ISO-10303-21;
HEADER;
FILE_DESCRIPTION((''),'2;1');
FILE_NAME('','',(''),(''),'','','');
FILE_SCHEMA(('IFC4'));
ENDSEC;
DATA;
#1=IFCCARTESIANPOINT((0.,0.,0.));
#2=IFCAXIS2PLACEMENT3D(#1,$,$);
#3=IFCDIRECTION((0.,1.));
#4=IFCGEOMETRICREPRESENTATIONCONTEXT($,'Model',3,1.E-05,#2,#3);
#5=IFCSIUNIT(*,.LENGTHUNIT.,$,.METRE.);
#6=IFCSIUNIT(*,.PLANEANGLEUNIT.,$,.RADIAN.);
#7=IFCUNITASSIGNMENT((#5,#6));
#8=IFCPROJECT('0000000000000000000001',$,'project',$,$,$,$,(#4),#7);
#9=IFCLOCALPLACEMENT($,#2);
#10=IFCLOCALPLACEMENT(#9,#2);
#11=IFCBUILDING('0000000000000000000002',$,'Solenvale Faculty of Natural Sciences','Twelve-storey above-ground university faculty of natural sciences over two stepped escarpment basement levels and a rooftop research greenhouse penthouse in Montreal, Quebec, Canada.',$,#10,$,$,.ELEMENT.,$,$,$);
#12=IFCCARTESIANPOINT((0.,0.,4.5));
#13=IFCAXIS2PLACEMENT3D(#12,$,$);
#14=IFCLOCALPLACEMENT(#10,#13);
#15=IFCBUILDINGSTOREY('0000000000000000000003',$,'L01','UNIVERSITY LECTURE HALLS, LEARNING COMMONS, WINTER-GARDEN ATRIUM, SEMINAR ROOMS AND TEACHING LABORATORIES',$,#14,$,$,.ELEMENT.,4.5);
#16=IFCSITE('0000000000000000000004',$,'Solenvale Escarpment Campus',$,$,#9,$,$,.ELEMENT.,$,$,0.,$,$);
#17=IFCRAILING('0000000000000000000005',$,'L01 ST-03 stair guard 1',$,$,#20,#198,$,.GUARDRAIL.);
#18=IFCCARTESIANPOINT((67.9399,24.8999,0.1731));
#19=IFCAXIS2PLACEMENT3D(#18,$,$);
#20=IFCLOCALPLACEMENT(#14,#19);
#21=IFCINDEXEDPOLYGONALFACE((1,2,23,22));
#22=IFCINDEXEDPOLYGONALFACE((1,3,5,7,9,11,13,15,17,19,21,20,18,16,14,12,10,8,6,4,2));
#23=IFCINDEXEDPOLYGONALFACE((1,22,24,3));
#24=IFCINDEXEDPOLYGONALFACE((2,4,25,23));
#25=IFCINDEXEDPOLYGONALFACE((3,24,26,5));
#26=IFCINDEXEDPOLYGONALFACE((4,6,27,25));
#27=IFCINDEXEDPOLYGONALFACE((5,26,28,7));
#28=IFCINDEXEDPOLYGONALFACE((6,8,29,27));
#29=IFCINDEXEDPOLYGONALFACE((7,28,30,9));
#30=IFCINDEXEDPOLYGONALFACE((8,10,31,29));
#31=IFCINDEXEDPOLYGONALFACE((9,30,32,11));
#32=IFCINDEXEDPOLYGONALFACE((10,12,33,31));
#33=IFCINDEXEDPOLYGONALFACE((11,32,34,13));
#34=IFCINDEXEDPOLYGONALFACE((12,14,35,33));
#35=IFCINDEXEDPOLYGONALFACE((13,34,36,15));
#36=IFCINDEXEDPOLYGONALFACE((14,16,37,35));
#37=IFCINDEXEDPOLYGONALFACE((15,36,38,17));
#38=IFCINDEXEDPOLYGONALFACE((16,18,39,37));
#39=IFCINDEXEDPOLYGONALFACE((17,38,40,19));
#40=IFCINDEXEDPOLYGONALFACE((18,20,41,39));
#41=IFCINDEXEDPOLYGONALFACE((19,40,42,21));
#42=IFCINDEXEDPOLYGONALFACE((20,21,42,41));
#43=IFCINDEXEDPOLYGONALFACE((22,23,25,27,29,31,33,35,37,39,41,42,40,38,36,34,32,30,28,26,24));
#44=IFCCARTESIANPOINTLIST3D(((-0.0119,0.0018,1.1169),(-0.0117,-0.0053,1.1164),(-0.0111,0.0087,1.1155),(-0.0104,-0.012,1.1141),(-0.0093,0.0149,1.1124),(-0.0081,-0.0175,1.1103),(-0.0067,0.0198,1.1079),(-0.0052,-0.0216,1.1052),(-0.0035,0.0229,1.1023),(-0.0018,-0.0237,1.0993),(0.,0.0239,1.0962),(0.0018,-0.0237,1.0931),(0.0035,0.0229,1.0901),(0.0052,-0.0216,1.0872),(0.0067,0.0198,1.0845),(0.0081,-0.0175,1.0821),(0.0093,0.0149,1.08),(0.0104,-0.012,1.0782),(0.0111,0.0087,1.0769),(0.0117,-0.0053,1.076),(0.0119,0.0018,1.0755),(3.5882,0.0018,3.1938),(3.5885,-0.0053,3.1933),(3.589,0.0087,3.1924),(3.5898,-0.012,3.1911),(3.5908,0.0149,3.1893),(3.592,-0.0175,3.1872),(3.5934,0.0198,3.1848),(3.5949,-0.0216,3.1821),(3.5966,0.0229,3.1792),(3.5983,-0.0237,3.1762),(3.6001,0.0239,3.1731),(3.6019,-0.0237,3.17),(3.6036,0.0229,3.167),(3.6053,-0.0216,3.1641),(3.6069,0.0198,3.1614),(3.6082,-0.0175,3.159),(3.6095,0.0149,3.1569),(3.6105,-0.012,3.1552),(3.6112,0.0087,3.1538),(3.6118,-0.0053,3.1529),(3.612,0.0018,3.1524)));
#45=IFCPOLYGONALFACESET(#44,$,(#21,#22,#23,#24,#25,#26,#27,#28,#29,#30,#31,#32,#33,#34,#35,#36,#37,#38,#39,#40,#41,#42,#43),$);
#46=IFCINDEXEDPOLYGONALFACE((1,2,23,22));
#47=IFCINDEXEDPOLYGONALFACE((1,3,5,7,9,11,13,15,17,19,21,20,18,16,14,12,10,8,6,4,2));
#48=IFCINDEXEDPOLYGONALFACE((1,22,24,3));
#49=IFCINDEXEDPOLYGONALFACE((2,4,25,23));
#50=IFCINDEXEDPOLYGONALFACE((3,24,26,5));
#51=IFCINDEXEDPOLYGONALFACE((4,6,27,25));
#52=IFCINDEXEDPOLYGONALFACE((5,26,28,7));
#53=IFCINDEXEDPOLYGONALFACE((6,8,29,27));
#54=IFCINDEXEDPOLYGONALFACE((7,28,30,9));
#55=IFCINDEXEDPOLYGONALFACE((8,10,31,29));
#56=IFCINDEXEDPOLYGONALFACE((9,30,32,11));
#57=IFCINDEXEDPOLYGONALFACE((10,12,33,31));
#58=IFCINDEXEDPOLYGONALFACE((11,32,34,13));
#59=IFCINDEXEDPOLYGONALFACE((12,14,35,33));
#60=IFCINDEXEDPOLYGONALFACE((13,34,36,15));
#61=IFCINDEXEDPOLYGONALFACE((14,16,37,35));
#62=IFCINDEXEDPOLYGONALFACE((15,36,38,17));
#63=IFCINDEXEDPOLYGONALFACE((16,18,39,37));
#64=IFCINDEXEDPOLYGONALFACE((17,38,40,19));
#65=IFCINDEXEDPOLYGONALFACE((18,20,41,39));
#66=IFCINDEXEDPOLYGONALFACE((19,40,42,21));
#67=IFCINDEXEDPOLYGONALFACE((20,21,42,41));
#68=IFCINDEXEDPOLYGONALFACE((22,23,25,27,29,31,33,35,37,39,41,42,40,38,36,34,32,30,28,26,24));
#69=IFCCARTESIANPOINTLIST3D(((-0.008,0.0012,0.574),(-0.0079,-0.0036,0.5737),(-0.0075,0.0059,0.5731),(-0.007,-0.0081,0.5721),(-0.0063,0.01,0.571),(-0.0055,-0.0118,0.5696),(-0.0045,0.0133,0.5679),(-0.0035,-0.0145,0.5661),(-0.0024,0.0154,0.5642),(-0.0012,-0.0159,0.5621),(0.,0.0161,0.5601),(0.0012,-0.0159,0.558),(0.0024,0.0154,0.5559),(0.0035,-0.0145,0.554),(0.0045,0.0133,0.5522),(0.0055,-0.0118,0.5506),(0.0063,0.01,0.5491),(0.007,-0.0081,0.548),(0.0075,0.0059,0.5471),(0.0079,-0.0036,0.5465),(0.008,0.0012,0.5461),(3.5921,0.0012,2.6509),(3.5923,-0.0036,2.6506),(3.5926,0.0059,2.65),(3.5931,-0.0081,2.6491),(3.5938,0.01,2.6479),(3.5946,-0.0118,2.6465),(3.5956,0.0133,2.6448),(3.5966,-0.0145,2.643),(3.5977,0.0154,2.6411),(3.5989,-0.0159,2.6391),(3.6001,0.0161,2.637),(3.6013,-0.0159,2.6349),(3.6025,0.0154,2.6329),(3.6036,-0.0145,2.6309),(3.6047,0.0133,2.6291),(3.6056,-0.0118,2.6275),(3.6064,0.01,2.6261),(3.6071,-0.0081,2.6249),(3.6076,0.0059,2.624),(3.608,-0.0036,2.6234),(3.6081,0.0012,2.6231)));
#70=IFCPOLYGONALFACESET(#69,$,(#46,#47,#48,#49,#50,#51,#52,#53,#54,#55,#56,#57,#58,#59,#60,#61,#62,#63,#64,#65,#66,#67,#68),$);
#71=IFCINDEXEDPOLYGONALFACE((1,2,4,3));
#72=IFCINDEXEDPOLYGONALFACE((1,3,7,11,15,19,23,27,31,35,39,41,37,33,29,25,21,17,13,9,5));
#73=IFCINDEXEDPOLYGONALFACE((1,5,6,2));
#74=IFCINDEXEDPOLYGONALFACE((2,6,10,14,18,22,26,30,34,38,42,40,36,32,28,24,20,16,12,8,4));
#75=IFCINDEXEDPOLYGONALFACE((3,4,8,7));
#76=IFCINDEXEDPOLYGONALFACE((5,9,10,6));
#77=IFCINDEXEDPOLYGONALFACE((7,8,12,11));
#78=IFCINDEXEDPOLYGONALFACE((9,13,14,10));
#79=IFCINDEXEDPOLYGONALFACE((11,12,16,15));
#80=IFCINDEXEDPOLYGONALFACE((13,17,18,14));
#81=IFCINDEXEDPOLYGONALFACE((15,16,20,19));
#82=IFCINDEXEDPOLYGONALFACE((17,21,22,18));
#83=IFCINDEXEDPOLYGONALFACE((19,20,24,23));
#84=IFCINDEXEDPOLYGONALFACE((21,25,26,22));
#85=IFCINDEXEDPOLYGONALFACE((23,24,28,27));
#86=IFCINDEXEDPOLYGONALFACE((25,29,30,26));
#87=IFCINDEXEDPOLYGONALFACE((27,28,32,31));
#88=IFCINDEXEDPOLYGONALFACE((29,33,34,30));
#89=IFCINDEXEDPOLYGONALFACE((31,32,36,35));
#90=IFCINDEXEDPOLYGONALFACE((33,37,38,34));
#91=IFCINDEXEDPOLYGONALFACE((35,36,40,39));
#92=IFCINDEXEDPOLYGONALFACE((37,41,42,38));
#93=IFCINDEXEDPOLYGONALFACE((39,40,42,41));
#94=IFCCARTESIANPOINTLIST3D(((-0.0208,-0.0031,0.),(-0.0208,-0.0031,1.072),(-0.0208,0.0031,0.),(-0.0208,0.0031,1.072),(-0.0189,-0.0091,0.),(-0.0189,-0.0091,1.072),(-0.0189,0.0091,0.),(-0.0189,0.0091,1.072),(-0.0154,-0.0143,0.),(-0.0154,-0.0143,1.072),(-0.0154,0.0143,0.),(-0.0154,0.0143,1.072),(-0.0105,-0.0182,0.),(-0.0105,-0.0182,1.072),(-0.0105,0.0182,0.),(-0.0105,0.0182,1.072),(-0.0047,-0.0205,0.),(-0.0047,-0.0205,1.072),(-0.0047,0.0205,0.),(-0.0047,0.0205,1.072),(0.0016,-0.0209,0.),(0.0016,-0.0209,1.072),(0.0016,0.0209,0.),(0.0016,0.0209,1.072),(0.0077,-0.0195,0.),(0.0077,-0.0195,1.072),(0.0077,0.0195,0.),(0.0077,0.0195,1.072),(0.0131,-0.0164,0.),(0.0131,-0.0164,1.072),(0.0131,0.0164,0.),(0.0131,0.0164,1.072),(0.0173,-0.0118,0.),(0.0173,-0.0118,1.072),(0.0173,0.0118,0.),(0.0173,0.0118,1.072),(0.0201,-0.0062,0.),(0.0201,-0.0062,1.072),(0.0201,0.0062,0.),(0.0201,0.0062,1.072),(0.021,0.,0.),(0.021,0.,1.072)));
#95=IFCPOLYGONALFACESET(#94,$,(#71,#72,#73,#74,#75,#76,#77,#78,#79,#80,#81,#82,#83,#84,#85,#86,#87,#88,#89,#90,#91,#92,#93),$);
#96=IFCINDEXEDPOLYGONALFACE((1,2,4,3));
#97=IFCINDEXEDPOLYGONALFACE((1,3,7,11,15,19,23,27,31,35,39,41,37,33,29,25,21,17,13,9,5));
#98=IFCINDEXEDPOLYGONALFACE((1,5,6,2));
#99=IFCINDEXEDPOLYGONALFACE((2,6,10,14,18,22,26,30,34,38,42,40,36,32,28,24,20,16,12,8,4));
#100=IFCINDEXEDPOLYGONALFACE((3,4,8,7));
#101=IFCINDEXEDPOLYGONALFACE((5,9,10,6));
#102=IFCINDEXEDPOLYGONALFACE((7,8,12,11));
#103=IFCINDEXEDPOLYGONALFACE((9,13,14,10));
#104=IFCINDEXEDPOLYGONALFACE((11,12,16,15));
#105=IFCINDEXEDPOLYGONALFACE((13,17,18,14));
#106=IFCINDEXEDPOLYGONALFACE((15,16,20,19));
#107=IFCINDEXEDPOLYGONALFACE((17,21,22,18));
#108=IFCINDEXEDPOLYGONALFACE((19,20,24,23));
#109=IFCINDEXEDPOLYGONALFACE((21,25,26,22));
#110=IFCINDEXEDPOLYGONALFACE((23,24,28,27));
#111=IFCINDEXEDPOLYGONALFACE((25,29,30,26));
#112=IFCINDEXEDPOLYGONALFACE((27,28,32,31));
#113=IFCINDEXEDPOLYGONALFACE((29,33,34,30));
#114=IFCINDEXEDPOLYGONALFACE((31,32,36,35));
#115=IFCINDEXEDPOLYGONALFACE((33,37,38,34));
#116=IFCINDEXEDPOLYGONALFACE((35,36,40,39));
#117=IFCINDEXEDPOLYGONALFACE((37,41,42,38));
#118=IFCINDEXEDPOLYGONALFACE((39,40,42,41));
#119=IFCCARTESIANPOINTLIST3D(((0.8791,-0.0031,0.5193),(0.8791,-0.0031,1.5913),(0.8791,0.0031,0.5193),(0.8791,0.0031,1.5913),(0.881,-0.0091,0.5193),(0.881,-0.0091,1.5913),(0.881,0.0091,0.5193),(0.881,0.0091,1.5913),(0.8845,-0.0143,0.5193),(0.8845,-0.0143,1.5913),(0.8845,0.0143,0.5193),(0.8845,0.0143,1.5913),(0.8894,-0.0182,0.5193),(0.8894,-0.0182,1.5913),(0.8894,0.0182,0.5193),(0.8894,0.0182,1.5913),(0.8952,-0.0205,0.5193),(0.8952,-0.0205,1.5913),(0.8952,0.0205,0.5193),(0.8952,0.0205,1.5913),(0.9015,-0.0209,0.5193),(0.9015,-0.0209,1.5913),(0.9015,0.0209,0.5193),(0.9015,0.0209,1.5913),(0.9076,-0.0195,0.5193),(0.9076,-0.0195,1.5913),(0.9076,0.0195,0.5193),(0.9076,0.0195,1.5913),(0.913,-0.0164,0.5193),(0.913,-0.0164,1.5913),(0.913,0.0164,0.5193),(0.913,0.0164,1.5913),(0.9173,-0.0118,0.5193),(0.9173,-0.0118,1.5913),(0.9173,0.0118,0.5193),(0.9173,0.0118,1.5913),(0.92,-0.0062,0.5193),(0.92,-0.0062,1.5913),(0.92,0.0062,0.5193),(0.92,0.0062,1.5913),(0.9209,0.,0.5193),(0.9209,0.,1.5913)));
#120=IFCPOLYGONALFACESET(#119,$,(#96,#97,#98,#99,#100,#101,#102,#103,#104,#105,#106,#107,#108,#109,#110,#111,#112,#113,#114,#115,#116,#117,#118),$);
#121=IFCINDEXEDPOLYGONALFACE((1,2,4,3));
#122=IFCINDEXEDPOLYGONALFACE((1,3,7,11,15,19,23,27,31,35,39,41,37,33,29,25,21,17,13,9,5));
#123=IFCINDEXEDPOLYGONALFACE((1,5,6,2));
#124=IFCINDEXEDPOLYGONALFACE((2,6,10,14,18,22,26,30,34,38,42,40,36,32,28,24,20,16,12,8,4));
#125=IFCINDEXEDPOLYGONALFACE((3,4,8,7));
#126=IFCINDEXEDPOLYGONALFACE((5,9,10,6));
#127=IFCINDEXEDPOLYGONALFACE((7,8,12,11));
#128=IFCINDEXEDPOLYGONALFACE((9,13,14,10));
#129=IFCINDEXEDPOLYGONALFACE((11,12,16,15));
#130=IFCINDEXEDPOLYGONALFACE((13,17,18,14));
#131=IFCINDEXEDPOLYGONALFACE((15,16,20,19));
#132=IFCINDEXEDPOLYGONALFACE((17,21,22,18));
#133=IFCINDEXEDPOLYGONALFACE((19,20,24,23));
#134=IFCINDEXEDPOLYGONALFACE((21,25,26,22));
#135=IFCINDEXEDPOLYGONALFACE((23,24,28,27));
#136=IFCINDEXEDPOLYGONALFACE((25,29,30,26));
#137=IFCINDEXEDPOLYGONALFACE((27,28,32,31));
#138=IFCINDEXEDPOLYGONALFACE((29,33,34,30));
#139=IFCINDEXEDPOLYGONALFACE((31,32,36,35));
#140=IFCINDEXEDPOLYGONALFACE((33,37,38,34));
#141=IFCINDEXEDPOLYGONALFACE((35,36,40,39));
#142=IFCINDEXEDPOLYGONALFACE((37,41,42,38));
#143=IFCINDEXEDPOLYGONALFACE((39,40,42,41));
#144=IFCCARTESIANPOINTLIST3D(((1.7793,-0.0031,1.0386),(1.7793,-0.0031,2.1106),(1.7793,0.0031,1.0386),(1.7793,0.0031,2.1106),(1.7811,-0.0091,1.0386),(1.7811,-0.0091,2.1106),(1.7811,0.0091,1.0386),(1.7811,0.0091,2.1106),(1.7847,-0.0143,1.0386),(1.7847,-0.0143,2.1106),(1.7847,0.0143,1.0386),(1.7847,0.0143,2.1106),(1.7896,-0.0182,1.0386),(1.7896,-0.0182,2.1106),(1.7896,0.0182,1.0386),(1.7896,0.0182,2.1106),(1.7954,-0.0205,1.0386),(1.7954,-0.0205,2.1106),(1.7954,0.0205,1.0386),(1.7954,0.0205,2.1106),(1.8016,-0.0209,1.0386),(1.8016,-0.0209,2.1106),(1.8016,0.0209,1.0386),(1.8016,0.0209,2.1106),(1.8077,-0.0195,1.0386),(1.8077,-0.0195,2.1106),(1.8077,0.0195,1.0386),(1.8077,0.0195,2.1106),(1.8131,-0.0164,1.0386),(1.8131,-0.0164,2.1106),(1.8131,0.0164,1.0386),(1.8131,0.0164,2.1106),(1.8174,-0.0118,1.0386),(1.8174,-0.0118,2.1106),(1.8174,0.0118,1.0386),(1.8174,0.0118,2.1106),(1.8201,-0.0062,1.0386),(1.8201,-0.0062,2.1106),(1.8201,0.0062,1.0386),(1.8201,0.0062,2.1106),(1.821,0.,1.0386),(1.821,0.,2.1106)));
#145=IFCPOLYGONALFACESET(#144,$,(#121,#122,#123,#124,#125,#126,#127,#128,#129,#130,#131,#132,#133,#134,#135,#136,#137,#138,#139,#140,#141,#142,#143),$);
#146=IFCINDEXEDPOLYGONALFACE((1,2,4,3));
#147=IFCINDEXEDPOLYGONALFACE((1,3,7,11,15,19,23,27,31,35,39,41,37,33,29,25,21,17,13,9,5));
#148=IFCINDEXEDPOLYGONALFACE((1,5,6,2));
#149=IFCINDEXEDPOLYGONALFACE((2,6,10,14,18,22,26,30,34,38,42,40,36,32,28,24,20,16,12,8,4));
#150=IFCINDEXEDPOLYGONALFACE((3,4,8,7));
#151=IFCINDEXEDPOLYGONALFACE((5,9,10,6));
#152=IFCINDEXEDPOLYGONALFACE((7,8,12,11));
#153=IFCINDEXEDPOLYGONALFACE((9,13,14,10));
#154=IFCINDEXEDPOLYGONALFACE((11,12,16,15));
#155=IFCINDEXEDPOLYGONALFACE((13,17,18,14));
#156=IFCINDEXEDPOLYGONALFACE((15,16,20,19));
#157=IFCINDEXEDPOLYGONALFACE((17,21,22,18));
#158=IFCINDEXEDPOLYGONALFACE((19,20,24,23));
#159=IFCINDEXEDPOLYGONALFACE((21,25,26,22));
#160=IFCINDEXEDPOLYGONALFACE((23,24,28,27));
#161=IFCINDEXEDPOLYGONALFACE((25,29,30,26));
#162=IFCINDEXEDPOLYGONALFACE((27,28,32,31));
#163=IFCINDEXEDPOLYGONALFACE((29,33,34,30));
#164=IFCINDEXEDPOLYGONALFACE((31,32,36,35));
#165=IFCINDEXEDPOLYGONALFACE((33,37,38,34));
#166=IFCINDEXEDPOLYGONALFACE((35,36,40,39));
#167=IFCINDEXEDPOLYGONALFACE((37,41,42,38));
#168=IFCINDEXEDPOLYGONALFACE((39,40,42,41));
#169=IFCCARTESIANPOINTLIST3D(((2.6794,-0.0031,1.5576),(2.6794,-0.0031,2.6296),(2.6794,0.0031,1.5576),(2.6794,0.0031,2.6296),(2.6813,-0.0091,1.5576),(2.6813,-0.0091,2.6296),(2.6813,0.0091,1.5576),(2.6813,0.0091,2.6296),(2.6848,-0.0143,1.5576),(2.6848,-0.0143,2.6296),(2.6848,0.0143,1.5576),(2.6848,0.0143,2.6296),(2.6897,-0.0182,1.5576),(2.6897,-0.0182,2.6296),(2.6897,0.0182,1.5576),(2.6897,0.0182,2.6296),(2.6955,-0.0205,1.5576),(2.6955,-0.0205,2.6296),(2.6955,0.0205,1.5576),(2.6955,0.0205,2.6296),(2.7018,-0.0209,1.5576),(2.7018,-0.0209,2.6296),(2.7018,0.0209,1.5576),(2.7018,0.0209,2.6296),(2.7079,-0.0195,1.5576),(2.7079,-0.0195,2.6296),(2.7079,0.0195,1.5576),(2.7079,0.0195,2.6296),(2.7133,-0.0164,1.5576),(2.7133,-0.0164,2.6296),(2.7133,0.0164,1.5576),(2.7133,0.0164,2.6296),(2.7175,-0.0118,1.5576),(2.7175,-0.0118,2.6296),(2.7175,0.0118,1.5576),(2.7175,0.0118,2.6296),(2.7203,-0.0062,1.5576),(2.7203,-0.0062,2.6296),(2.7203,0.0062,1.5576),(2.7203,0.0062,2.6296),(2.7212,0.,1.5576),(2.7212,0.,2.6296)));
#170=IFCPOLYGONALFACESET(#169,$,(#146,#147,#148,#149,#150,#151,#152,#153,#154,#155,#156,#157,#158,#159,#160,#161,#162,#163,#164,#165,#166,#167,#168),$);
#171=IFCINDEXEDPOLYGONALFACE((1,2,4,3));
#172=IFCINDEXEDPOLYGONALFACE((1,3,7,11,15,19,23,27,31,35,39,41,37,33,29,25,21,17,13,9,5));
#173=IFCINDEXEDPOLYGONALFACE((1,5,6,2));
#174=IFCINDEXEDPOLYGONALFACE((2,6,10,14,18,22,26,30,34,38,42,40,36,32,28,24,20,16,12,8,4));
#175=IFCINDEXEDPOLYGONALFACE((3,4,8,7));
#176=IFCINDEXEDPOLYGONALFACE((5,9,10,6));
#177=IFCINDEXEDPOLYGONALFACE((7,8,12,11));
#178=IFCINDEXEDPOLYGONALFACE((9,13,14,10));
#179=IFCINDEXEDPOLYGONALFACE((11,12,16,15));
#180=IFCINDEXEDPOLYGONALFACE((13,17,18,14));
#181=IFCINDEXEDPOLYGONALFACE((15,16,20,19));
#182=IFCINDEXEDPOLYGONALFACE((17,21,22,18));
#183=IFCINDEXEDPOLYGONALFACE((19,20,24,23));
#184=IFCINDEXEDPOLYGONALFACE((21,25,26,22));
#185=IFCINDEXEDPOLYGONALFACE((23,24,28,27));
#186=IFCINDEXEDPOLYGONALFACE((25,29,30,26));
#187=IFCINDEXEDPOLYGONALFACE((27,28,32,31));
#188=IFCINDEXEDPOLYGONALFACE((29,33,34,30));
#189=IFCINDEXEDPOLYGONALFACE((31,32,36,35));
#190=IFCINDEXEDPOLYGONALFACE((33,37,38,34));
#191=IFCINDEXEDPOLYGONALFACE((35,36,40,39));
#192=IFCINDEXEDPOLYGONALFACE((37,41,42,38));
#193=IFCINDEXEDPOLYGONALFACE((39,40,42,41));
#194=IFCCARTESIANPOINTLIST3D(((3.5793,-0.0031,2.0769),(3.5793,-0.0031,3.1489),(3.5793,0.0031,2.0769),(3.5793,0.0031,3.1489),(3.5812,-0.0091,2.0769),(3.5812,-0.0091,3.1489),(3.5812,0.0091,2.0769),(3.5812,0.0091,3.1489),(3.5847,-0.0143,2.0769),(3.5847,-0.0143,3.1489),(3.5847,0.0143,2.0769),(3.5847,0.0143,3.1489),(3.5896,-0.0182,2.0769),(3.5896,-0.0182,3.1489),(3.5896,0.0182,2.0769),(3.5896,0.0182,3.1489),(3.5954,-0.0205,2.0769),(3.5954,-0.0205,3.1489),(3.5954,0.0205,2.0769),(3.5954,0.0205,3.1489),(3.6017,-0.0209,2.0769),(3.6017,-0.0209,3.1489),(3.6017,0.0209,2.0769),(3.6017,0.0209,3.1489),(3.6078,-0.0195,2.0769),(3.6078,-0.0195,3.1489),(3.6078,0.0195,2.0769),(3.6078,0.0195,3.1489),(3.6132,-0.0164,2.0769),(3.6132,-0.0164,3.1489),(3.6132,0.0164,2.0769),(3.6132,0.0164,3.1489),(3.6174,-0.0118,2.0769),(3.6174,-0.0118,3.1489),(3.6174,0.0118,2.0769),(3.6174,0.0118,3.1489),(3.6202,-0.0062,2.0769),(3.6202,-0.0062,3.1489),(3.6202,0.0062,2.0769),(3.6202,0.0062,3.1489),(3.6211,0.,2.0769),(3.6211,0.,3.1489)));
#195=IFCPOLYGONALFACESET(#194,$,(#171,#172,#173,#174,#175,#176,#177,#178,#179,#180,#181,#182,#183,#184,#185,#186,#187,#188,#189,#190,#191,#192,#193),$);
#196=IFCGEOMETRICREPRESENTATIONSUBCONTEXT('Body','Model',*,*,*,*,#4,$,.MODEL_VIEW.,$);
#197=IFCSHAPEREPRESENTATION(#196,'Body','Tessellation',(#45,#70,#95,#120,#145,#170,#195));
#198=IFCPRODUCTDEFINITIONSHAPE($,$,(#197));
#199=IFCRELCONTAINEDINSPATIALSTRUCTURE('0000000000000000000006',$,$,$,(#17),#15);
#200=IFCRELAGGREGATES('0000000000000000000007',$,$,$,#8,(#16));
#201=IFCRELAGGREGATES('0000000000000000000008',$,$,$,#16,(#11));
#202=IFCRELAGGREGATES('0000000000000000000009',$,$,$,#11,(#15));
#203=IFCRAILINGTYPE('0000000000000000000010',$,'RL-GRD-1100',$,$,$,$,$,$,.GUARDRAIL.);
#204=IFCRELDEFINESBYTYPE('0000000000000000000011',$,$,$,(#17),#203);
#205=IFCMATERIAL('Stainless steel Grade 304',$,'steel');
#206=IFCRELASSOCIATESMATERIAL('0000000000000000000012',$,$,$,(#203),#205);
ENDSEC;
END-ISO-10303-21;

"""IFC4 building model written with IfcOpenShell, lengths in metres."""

from ifc_helpers import new_model, si_unit, direction, frame, origin, origin_2d, place, context, subcontext, project, spatial, circle, extrude, material, type_object, element, save


model = new_model("IFC4")

# Units and contexts
model_context = context("Model", 3, precision=1e-05, world=origin(), true_north=direction((0.0, 1.0)))
body_context = subcontext(model_context, "Body", "Model", "MODEL_VIEW")
ifc_project = project(units=[si_unit("LENGTHUNIT", "METRE"), si_unit("PLANEANGLEUNIT", "RADIAN")], contexts=[model_context])

# Site, building, storey
site_placement = place(None, origin())
site = spatial("IfcSite", under=ifc_project, at=site_placement, Name="Solenvale Escarpment Campus", CompositionType="ELEMENT", RefElevation=0.0)
building_placement = place(site_placement, origin())
building = spatial("IfcBuilding", under=site, at=building_placement, Name="Solenvale Faculty of Natural Sciences", Description="Twelve-storey above-ground university faculty of natural sciences over two stepped escarpment basement levels and a rooftop research greenhouse penthouse in Montreal, Quebec, Canada.", CompositionType="ELEMENT")
storey_placement = place(building_placement, frame((0.0, 0.0, 4.5)))
storey = spatial("IfcBuildingStorey", under=building, at=storey_placement, Name="L01", Description="UNIVERSITY LECTURE HALLS, LEARNING COMMONS, WINTER-GARDEN ATRIUM, SEMINAR ROOMS AND TEACHING LABORATORIES", CompositionType="ELEMENT", Elevation=4.5)

# Railing
ifc_material_1 = material(Name="Stainless steel Grade 304", Category="steel")
railing_type_1 = type_object("IfcRailingType", Name="RL-GRD-1100", PredefinedType="GUARDRAIL", material=ifc_material_1)
railing_1_placement = place(storey_placement, frame((67.9399, 24.8999, 0.1731)))
element("IfcRailing", 1, at=railing_1_placement, inside=storey, type_object=railing_type_1, Name="L01 ST-03 stair guard 1", PredefinedType="GUARDRAIL", context=body_context, shape_type="SweptSolid", body=[
    extrude(circle(Radius=0.0239, at=origin_2d()), frame((0.0, 0.0, 1.0962), z_axis=(0.866193, 0.0, 0.499709), x_axis=(0.0, 1.0, 0.0)), (0.0, 0.0, 1.0), 4.1562),
    extrude(circle(Radius=0.0161, at=origin_2d()), frame((0.0, 0.0, 0.5601), z_axis=(0.866193, 0.0, 0.499709), x_axis=(0.0, 1.0, 0.0)), (0.0, 0.0, 1.0), 4.1562),
    extrude(circle(Radius=0.021, at=origin_2d()), origin(), (0.0, 0.0, 1.0), 1.072),
    extrude(circle(Radius=0.021, at=origin_2d()), frame((0.8999, 0.0, 0.5193)), (0.0, 0.0, 1.0), 1.072),
    extrude(circle(Radius=0.021, at=origin_2d()), frame((1.8, 0.0, 1.0386)), (0.0, 0.0, 1.0), 1.072),
    extrude(circle(Radius=0.021, at=origin_2d()), frame((2.7002, 0.0, 1.5576)), (0.0, 0.0, 1.0), 1.072),
    extrude(circle(Radius=0.021, at=origin_2d()), frame((3.6001, 0.0, 2.0769)), (0.0, 0.0, 1.0), 1.072),
])

save(model, "model.ifc")
